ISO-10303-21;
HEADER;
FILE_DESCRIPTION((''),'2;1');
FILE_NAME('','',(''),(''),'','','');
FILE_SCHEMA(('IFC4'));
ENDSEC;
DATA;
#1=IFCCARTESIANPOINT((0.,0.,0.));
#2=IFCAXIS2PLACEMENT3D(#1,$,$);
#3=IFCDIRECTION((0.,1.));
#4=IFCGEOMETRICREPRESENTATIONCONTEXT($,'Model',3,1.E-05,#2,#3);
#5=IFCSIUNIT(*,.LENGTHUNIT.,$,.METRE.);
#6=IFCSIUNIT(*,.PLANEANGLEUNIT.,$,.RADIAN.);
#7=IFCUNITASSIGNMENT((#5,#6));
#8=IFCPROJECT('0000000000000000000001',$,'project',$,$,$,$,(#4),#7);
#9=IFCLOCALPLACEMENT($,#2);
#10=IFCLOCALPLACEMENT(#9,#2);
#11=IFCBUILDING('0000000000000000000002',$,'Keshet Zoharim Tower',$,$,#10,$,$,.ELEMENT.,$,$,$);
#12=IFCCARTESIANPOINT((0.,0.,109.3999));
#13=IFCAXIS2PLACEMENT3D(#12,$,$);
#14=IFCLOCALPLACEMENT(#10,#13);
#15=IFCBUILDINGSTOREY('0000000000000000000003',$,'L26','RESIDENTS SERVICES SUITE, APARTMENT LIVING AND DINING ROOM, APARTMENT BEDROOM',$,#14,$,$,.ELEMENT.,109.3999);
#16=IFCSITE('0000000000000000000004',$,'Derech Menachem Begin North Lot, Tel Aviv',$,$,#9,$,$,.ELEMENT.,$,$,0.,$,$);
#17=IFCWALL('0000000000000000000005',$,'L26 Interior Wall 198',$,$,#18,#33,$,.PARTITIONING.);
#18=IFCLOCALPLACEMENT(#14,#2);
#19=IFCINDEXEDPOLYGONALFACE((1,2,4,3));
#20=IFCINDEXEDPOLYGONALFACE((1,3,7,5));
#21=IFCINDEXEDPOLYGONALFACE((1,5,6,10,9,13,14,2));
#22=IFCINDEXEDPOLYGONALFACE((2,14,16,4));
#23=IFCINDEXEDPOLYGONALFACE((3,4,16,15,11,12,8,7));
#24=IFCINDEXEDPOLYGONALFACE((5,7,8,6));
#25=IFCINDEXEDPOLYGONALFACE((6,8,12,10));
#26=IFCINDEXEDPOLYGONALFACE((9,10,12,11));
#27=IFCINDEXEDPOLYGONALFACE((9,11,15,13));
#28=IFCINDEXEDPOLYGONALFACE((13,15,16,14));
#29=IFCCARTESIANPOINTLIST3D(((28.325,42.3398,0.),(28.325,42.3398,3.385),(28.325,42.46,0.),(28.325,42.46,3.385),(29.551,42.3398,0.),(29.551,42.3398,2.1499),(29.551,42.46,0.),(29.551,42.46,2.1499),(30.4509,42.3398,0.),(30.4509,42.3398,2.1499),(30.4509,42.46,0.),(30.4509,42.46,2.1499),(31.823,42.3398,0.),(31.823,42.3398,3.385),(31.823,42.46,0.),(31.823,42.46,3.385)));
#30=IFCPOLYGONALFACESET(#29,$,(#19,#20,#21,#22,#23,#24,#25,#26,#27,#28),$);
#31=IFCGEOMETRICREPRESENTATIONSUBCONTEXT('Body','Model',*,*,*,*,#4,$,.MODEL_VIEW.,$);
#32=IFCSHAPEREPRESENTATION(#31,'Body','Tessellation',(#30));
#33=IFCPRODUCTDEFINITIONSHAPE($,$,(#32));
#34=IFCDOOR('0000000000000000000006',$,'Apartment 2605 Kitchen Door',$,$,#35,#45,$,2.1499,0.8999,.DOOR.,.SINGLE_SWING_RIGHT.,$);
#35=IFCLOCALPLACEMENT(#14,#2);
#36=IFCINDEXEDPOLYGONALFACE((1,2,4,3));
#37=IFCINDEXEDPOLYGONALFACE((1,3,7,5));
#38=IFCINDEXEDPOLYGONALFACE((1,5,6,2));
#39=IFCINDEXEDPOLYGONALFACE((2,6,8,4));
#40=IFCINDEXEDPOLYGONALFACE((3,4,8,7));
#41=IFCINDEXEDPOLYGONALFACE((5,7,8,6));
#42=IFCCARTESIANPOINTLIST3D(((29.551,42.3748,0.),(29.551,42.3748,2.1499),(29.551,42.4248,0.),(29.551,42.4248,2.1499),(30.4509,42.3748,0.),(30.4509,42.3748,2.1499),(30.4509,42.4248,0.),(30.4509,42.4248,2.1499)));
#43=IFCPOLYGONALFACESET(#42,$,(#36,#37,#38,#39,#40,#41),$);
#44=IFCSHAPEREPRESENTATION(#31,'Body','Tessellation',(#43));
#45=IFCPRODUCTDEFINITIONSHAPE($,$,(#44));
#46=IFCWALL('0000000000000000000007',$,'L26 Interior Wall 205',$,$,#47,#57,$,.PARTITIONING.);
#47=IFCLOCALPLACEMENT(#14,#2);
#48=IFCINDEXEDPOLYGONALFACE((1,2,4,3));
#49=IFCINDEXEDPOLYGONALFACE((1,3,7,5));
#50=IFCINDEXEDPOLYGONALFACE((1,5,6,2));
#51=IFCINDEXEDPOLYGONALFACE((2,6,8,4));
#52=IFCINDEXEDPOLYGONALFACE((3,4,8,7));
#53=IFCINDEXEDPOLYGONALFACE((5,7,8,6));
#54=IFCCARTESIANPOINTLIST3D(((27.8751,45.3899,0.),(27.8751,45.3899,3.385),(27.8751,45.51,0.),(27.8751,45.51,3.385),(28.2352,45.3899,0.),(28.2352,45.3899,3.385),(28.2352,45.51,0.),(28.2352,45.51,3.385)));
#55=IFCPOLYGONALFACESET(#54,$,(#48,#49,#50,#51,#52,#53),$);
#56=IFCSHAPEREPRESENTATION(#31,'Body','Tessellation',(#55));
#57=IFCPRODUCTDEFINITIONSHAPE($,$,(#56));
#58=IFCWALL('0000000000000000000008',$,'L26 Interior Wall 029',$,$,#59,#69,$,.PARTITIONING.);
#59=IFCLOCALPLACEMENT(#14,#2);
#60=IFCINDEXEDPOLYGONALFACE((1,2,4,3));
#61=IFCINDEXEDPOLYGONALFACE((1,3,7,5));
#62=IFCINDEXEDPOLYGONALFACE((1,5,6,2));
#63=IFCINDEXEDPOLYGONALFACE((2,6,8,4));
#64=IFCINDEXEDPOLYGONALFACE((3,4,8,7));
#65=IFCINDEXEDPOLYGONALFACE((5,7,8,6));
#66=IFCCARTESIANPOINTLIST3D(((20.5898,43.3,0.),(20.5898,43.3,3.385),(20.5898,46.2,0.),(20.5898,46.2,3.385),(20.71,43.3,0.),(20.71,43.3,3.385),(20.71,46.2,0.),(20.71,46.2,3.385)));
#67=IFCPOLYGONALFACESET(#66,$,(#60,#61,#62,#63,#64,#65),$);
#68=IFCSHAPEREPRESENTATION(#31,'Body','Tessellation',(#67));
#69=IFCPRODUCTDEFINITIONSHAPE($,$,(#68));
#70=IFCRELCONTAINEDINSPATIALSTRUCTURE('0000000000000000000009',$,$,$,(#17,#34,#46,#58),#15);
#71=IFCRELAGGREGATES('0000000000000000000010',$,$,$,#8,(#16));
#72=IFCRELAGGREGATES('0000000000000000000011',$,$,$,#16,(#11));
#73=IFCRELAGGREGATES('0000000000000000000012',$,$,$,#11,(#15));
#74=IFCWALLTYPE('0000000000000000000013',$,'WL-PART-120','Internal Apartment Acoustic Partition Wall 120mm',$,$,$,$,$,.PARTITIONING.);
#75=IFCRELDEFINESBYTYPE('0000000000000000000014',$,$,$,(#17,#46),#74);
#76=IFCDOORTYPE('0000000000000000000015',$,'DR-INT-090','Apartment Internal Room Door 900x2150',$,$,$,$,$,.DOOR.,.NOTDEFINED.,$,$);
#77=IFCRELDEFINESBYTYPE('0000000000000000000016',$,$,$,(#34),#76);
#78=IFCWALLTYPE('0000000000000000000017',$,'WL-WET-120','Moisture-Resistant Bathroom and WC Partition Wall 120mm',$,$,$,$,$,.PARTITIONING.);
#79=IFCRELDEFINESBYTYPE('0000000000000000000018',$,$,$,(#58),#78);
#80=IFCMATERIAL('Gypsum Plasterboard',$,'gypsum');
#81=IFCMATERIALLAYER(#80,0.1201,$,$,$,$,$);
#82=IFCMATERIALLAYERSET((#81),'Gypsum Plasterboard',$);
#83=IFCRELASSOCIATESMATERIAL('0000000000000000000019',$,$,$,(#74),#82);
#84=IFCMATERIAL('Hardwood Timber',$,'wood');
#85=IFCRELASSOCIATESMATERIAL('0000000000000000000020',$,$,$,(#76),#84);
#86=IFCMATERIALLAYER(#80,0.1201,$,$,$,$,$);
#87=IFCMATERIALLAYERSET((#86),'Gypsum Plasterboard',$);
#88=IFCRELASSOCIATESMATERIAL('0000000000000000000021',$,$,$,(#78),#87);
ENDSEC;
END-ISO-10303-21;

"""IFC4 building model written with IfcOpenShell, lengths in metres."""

from ifc_helpers import new_model, si_unit, direction, frame, frame_2d, origin, place, context, subcontext, project, spatial, rectangle, extrude, material, layer, layer_set, type_object, element, fill, save


model = new_model("IFC4")

# Units and contexts
model_context = context("Model", 3, precision=1e-05, world=origin(), true_north=direction((0.0, 1.0)))
body_context = subcontext(model_context, "Body", "Model", "MODEL_VIEW")
ifc_project = project(units=[si_unit("LENGTHUNIT", "METRE"), si_unit("PLANEANGLEUNIT", "RADIAN")], contexts=[model_context])

# Site, building, storey
site_placement = place(None, origin())
site = spatial("IfcSite", under=ifc_project, at=site_placement, Name="Derech Menachem Begin North Lot, Tel Aviv", CompositionType="ELEMENT", RefElevation=0.0)
building_placement = place(site_placement, origin())
building = spatial("IfcBuilding", under=site, at=building_placement, Name="Keshet Zoharim Tower", CompositionType="ELEMENT")
storey_placement = place(building_placement, frame((0.0, 0.0, 109.3999)))
storey = spatial("IfcBuildingStorey", under=building, at=storey_placement, Name="L26", Description="RESIDENTS SERVICES SUITE, APARTMENT LIVING AND DINING ROOM, APARTMENT BEDROOM", CompositionType="ELEMENT", Elevation=109.3999)

# Shared definitions
ifc_material_1 = material(Name="Gypsum Plasterboard", Category="gypsum")

# Shared definitions
ifc_material_2 = material(Name="Hardwood Timber", Category="wood")

# Shared definitions
ifc_layer_1 = layer(ifc_material_1, 0.1201)
ifc_layer_set_1 = layer_set([ifc_layer_1], Name="Gypsum Plasterboard")
wall_type_1 = type_object("IfcWallType", Name="WL-PART-120", Description="Internal Apartment Acoustic Partition Wall 120mm", PredefinedType="PARTITIONING", material=ifc_layer_set_1)
door_type_1 = type_object("IfcDoorType", Name="DR-INT-090", Description="Apartment Internal Room Door 900x2150", OperationType="NOTDEFINED", PredefinedType="DOOR", material=ifc_material_2)

# Wall, opening, door
wall_1_placement = place(storey_placement, frame((28.325, 42.3999, 0.0), z_axis=(0.0, 0.0, 1.0), x_axis=(1.0, 0.0, 0.0)))
wall_1 = element("IfcWall", 1, at=wall_1_placement, inside=storey, type_object=wall_type_1, Name="L26 Interior Wall 198", PredefinedType="PARTITIONING", context=body_context, shape_type="SweptSolid", body=[
    extrude(rectangle(XDim=3.498, YDim=0.1201, at=frame_2d((1.749, 0.0))), origin(), (0.0, 0.0, 1.0), 3.385),
])
opening_1_placement = place(wall_1_placement, frame((1.2261, 0.0, 0.0)))
opening_1 = element("IfcOpeningElement", 2, at=opening_1_placement, cuts=wall_1, PredefinedType="OPENING", context=body_context, shape_type="SweptSolid", body=[
    extrude(rectangle(XDim=0.8999, YDim=2.1499, at=frame_2d((0.45, 1.075))), frame((0.0, 0.0701, 0.0), z_axis=(0.0, -1.0, 0.0), x_axis=(1.0, 0.0, 0.0)), (0.0, 0.0, 1.0), 0.1401),
])
door_1_placement = place(opening_1_placement, origin())
door_1 = element("IfcDoor", 3, at=door_1_placement, inside=storey, type_object=door_type_1, Name="Apartment 2605 Kitchen Door", OperationType="SINGLE_SWING_RIGHT", OverallHeight=2.1499, OverallWidth=0.8999, PredefinedType="DOOR", context=body_context, shape_type="SweptSolid", body=[
    extrude(rectangle(XDim=0.8999, YDim=2.1499, at=frame_2d((0.45, 1.075))), frame((0.0, 0.0249, 0.0), z_axis=(0.0, -1.0, 0.0), x_axis=(1.0, 0.0, 0.0)), (0.0, 0.0, 1.0), 0.05),
])
fill(opening_1, door_1)

# Walls
wall_2_placement = place(storey_placement, frame((27.875, 45.45, 0.0), z_axis=(0.0, 0.0, 1.0), x_axis=(1.0, 0.0, 0.0)))
element("IfcWall", 4, at=wall_2_placement, inside=storey, type_object=wall_type_1, Name="L26 Interior Wall 205", PredefinedType="PARTITIONING", context=body_context, shape_type="SweptSolid", body=[
    extrude(rectangle(XDim=0.3601, YDim=0.1201, at=frame_2d((0.1802, 0.0))), origin(), (0.0, 0.0, 1.0), 3.385),
])
ifc_layer_2 = layer(ifc_material_1, 0.1201)
ifc_layer_set_2 = layer_set([ifc_layer_2], Name="Gypsum Plasterboard")
wall_type_2 = type_object("IfcWallType", Name="WL-WET-120", Description="Moisture-Resistant Bathroom and WC Partition Wall 120mm", PredefinedType="PARTITIONING", material=ifc_layer_set_2)
wall_3_placement = place(storey_placement, frame((20.6499, 43.3, 0.0), z_axis=(0.0, 0.0, 1.0), x_axis=(0.0, 1.0, 0.0)))
element("IfcWall", 5, at=wall_3_placement, inside=storey, type_object=wall_type_2, Name="L26 Interior Wall 029", PredefinedType="PARTITIONING", context=body_context, shape_type="SweptSolid", body=[
    extrude(rectangle(XDim=2.8999, YDim=0.1201, at=frame_2d((1.45, 0.0))), origin(), (0.0, 0.0, 1.0), 3.385),
])

save(model, "model.ifc")
